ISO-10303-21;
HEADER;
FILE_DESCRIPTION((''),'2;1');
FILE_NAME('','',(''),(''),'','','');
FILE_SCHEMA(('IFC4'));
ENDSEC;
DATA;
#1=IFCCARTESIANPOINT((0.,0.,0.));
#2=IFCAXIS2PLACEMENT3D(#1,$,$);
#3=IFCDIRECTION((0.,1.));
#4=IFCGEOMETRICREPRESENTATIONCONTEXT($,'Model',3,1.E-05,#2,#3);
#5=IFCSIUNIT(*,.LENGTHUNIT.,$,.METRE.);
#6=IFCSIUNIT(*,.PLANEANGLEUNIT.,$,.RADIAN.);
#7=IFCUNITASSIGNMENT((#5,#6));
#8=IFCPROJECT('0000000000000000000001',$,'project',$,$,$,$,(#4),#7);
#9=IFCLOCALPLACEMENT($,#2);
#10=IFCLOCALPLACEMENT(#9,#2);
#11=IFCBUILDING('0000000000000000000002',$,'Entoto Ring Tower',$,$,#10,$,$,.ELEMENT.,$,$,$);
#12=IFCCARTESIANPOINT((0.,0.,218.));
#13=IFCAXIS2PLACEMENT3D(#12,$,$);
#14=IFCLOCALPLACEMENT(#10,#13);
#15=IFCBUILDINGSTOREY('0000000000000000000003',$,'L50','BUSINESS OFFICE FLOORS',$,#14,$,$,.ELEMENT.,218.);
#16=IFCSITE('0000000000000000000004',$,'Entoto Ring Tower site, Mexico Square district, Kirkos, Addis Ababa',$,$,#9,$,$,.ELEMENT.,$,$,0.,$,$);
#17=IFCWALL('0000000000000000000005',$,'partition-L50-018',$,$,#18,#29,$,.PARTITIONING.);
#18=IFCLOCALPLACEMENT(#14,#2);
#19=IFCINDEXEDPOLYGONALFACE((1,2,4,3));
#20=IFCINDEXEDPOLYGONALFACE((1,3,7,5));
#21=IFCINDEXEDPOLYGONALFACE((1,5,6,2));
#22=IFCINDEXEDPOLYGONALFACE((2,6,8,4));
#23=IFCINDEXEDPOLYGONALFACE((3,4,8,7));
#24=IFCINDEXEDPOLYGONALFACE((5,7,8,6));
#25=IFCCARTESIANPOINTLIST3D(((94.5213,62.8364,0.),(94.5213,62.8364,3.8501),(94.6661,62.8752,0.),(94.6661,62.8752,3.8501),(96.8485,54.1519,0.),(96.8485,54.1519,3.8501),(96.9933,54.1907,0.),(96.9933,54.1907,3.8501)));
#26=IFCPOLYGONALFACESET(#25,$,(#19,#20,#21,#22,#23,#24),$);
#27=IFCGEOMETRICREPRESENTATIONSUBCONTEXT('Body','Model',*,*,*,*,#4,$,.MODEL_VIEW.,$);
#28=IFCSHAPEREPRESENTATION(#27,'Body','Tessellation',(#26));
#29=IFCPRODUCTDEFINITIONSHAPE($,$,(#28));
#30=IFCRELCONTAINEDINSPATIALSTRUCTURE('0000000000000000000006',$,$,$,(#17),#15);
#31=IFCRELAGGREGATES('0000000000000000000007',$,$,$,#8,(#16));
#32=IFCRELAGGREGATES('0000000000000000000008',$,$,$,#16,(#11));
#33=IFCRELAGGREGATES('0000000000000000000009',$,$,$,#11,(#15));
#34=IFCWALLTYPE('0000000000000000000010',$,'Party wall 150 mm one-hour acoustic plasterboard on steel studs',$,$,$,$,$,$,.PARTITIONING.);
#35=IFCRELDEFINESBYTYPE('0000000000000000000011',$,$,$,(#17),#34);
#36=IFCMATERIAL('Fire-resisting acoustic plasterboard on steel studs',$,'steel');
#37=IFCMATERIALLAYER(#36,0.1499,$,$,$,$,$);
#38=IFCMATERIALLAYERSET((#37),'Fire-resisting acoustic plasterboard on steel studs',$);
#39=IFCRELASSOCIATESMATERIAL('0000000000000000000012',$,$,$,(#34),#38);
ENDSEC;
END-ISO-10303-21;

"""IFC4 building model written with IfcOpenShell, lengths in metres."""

from ifc_helpers import new_model, si_unit, direction, frame, frame_2d, origin, place, context, subcontext, project, spatial, rectangle, extrude, material, layer, layer_set, type_object, element, save


model = new_model("IFC4")

# Units and contexts
model_context = context("Model", 3, precision=1e-05, world=origin(), true_north=direction((0.0, 1.0)))
body_context = subcontext(model_context, "Body", "Model", "MODEL_VIEW")
ifc_project = project(units=[si_unit("LENGTHUNIT", "METRE"), si_unit("PLANEANGLEUNIT", "RADIAN")], contexts=[model_context])

# Site, building, storey
site_placement = place(None, origin())
site = spatial("IfcSite", under=ifc_project, at=site_placement, Name="Entoto Ring Tower site, Mexico Square district, Kirkos, Addis Ababa", CompositionType="ELEMENT", RefElevation=0.0)
building_placement = place(site_placement, origin())
building = spatial("IfcBuilding", under=site, at=building_placement, Name="Entoto Ring Tower", CompositionType="ELEMENT")
storey_placement = place(building_placement, frame((0.0, 0.0, 218.0)))
storey = spatial("IfcBuildingStorey", under=building, at=storey_placement, Name="L50", Description="BUSINESS OFFICE FLOORS", CompositionType="ELEMENT", Elevation=218.0)

# Wall
ifc_material_1 = material(Name="Fire-resisting acoustic plasterboard on steel studs", Category="steel")
ifc_layer_1 = layer(ifc_material_1, 0.1499)
ifc_layer_set_1 = layer_set([ifc_layer_1], Name="Fire-resisting acoustic plasterboard on steel studs")
wall_type_1 = type_object("IfcWallType", Name="Party wall 150 mm one-hour acoustic plasterboard on steel studs", PredefinedType="PARTITIONING", material=ifc_layer_set_1)
wall_1_placement = place(storey_placement, frame((96.9209, 54.1711, 0.0), z_axis=(0.0, 0.0, 1.0), x_axis=(-0.258832, 0.965922, 0.0)))
element("IfcWall", 1, at=wall_1_placement, inside=storey, type_object=wall_type_1, Name="partition-L50-018", PredefinedType="PARTITIONING", context=body_context, shape_type="SweptSolid", body=[
    extrude(rectangle(XDim=8.991, YDim=0.1499, at=frame_2d((4.4956, 0.0))), origin(), (0.0, 0.0, 1.0), 3.8501),
])

save(model, "model.ifc")
